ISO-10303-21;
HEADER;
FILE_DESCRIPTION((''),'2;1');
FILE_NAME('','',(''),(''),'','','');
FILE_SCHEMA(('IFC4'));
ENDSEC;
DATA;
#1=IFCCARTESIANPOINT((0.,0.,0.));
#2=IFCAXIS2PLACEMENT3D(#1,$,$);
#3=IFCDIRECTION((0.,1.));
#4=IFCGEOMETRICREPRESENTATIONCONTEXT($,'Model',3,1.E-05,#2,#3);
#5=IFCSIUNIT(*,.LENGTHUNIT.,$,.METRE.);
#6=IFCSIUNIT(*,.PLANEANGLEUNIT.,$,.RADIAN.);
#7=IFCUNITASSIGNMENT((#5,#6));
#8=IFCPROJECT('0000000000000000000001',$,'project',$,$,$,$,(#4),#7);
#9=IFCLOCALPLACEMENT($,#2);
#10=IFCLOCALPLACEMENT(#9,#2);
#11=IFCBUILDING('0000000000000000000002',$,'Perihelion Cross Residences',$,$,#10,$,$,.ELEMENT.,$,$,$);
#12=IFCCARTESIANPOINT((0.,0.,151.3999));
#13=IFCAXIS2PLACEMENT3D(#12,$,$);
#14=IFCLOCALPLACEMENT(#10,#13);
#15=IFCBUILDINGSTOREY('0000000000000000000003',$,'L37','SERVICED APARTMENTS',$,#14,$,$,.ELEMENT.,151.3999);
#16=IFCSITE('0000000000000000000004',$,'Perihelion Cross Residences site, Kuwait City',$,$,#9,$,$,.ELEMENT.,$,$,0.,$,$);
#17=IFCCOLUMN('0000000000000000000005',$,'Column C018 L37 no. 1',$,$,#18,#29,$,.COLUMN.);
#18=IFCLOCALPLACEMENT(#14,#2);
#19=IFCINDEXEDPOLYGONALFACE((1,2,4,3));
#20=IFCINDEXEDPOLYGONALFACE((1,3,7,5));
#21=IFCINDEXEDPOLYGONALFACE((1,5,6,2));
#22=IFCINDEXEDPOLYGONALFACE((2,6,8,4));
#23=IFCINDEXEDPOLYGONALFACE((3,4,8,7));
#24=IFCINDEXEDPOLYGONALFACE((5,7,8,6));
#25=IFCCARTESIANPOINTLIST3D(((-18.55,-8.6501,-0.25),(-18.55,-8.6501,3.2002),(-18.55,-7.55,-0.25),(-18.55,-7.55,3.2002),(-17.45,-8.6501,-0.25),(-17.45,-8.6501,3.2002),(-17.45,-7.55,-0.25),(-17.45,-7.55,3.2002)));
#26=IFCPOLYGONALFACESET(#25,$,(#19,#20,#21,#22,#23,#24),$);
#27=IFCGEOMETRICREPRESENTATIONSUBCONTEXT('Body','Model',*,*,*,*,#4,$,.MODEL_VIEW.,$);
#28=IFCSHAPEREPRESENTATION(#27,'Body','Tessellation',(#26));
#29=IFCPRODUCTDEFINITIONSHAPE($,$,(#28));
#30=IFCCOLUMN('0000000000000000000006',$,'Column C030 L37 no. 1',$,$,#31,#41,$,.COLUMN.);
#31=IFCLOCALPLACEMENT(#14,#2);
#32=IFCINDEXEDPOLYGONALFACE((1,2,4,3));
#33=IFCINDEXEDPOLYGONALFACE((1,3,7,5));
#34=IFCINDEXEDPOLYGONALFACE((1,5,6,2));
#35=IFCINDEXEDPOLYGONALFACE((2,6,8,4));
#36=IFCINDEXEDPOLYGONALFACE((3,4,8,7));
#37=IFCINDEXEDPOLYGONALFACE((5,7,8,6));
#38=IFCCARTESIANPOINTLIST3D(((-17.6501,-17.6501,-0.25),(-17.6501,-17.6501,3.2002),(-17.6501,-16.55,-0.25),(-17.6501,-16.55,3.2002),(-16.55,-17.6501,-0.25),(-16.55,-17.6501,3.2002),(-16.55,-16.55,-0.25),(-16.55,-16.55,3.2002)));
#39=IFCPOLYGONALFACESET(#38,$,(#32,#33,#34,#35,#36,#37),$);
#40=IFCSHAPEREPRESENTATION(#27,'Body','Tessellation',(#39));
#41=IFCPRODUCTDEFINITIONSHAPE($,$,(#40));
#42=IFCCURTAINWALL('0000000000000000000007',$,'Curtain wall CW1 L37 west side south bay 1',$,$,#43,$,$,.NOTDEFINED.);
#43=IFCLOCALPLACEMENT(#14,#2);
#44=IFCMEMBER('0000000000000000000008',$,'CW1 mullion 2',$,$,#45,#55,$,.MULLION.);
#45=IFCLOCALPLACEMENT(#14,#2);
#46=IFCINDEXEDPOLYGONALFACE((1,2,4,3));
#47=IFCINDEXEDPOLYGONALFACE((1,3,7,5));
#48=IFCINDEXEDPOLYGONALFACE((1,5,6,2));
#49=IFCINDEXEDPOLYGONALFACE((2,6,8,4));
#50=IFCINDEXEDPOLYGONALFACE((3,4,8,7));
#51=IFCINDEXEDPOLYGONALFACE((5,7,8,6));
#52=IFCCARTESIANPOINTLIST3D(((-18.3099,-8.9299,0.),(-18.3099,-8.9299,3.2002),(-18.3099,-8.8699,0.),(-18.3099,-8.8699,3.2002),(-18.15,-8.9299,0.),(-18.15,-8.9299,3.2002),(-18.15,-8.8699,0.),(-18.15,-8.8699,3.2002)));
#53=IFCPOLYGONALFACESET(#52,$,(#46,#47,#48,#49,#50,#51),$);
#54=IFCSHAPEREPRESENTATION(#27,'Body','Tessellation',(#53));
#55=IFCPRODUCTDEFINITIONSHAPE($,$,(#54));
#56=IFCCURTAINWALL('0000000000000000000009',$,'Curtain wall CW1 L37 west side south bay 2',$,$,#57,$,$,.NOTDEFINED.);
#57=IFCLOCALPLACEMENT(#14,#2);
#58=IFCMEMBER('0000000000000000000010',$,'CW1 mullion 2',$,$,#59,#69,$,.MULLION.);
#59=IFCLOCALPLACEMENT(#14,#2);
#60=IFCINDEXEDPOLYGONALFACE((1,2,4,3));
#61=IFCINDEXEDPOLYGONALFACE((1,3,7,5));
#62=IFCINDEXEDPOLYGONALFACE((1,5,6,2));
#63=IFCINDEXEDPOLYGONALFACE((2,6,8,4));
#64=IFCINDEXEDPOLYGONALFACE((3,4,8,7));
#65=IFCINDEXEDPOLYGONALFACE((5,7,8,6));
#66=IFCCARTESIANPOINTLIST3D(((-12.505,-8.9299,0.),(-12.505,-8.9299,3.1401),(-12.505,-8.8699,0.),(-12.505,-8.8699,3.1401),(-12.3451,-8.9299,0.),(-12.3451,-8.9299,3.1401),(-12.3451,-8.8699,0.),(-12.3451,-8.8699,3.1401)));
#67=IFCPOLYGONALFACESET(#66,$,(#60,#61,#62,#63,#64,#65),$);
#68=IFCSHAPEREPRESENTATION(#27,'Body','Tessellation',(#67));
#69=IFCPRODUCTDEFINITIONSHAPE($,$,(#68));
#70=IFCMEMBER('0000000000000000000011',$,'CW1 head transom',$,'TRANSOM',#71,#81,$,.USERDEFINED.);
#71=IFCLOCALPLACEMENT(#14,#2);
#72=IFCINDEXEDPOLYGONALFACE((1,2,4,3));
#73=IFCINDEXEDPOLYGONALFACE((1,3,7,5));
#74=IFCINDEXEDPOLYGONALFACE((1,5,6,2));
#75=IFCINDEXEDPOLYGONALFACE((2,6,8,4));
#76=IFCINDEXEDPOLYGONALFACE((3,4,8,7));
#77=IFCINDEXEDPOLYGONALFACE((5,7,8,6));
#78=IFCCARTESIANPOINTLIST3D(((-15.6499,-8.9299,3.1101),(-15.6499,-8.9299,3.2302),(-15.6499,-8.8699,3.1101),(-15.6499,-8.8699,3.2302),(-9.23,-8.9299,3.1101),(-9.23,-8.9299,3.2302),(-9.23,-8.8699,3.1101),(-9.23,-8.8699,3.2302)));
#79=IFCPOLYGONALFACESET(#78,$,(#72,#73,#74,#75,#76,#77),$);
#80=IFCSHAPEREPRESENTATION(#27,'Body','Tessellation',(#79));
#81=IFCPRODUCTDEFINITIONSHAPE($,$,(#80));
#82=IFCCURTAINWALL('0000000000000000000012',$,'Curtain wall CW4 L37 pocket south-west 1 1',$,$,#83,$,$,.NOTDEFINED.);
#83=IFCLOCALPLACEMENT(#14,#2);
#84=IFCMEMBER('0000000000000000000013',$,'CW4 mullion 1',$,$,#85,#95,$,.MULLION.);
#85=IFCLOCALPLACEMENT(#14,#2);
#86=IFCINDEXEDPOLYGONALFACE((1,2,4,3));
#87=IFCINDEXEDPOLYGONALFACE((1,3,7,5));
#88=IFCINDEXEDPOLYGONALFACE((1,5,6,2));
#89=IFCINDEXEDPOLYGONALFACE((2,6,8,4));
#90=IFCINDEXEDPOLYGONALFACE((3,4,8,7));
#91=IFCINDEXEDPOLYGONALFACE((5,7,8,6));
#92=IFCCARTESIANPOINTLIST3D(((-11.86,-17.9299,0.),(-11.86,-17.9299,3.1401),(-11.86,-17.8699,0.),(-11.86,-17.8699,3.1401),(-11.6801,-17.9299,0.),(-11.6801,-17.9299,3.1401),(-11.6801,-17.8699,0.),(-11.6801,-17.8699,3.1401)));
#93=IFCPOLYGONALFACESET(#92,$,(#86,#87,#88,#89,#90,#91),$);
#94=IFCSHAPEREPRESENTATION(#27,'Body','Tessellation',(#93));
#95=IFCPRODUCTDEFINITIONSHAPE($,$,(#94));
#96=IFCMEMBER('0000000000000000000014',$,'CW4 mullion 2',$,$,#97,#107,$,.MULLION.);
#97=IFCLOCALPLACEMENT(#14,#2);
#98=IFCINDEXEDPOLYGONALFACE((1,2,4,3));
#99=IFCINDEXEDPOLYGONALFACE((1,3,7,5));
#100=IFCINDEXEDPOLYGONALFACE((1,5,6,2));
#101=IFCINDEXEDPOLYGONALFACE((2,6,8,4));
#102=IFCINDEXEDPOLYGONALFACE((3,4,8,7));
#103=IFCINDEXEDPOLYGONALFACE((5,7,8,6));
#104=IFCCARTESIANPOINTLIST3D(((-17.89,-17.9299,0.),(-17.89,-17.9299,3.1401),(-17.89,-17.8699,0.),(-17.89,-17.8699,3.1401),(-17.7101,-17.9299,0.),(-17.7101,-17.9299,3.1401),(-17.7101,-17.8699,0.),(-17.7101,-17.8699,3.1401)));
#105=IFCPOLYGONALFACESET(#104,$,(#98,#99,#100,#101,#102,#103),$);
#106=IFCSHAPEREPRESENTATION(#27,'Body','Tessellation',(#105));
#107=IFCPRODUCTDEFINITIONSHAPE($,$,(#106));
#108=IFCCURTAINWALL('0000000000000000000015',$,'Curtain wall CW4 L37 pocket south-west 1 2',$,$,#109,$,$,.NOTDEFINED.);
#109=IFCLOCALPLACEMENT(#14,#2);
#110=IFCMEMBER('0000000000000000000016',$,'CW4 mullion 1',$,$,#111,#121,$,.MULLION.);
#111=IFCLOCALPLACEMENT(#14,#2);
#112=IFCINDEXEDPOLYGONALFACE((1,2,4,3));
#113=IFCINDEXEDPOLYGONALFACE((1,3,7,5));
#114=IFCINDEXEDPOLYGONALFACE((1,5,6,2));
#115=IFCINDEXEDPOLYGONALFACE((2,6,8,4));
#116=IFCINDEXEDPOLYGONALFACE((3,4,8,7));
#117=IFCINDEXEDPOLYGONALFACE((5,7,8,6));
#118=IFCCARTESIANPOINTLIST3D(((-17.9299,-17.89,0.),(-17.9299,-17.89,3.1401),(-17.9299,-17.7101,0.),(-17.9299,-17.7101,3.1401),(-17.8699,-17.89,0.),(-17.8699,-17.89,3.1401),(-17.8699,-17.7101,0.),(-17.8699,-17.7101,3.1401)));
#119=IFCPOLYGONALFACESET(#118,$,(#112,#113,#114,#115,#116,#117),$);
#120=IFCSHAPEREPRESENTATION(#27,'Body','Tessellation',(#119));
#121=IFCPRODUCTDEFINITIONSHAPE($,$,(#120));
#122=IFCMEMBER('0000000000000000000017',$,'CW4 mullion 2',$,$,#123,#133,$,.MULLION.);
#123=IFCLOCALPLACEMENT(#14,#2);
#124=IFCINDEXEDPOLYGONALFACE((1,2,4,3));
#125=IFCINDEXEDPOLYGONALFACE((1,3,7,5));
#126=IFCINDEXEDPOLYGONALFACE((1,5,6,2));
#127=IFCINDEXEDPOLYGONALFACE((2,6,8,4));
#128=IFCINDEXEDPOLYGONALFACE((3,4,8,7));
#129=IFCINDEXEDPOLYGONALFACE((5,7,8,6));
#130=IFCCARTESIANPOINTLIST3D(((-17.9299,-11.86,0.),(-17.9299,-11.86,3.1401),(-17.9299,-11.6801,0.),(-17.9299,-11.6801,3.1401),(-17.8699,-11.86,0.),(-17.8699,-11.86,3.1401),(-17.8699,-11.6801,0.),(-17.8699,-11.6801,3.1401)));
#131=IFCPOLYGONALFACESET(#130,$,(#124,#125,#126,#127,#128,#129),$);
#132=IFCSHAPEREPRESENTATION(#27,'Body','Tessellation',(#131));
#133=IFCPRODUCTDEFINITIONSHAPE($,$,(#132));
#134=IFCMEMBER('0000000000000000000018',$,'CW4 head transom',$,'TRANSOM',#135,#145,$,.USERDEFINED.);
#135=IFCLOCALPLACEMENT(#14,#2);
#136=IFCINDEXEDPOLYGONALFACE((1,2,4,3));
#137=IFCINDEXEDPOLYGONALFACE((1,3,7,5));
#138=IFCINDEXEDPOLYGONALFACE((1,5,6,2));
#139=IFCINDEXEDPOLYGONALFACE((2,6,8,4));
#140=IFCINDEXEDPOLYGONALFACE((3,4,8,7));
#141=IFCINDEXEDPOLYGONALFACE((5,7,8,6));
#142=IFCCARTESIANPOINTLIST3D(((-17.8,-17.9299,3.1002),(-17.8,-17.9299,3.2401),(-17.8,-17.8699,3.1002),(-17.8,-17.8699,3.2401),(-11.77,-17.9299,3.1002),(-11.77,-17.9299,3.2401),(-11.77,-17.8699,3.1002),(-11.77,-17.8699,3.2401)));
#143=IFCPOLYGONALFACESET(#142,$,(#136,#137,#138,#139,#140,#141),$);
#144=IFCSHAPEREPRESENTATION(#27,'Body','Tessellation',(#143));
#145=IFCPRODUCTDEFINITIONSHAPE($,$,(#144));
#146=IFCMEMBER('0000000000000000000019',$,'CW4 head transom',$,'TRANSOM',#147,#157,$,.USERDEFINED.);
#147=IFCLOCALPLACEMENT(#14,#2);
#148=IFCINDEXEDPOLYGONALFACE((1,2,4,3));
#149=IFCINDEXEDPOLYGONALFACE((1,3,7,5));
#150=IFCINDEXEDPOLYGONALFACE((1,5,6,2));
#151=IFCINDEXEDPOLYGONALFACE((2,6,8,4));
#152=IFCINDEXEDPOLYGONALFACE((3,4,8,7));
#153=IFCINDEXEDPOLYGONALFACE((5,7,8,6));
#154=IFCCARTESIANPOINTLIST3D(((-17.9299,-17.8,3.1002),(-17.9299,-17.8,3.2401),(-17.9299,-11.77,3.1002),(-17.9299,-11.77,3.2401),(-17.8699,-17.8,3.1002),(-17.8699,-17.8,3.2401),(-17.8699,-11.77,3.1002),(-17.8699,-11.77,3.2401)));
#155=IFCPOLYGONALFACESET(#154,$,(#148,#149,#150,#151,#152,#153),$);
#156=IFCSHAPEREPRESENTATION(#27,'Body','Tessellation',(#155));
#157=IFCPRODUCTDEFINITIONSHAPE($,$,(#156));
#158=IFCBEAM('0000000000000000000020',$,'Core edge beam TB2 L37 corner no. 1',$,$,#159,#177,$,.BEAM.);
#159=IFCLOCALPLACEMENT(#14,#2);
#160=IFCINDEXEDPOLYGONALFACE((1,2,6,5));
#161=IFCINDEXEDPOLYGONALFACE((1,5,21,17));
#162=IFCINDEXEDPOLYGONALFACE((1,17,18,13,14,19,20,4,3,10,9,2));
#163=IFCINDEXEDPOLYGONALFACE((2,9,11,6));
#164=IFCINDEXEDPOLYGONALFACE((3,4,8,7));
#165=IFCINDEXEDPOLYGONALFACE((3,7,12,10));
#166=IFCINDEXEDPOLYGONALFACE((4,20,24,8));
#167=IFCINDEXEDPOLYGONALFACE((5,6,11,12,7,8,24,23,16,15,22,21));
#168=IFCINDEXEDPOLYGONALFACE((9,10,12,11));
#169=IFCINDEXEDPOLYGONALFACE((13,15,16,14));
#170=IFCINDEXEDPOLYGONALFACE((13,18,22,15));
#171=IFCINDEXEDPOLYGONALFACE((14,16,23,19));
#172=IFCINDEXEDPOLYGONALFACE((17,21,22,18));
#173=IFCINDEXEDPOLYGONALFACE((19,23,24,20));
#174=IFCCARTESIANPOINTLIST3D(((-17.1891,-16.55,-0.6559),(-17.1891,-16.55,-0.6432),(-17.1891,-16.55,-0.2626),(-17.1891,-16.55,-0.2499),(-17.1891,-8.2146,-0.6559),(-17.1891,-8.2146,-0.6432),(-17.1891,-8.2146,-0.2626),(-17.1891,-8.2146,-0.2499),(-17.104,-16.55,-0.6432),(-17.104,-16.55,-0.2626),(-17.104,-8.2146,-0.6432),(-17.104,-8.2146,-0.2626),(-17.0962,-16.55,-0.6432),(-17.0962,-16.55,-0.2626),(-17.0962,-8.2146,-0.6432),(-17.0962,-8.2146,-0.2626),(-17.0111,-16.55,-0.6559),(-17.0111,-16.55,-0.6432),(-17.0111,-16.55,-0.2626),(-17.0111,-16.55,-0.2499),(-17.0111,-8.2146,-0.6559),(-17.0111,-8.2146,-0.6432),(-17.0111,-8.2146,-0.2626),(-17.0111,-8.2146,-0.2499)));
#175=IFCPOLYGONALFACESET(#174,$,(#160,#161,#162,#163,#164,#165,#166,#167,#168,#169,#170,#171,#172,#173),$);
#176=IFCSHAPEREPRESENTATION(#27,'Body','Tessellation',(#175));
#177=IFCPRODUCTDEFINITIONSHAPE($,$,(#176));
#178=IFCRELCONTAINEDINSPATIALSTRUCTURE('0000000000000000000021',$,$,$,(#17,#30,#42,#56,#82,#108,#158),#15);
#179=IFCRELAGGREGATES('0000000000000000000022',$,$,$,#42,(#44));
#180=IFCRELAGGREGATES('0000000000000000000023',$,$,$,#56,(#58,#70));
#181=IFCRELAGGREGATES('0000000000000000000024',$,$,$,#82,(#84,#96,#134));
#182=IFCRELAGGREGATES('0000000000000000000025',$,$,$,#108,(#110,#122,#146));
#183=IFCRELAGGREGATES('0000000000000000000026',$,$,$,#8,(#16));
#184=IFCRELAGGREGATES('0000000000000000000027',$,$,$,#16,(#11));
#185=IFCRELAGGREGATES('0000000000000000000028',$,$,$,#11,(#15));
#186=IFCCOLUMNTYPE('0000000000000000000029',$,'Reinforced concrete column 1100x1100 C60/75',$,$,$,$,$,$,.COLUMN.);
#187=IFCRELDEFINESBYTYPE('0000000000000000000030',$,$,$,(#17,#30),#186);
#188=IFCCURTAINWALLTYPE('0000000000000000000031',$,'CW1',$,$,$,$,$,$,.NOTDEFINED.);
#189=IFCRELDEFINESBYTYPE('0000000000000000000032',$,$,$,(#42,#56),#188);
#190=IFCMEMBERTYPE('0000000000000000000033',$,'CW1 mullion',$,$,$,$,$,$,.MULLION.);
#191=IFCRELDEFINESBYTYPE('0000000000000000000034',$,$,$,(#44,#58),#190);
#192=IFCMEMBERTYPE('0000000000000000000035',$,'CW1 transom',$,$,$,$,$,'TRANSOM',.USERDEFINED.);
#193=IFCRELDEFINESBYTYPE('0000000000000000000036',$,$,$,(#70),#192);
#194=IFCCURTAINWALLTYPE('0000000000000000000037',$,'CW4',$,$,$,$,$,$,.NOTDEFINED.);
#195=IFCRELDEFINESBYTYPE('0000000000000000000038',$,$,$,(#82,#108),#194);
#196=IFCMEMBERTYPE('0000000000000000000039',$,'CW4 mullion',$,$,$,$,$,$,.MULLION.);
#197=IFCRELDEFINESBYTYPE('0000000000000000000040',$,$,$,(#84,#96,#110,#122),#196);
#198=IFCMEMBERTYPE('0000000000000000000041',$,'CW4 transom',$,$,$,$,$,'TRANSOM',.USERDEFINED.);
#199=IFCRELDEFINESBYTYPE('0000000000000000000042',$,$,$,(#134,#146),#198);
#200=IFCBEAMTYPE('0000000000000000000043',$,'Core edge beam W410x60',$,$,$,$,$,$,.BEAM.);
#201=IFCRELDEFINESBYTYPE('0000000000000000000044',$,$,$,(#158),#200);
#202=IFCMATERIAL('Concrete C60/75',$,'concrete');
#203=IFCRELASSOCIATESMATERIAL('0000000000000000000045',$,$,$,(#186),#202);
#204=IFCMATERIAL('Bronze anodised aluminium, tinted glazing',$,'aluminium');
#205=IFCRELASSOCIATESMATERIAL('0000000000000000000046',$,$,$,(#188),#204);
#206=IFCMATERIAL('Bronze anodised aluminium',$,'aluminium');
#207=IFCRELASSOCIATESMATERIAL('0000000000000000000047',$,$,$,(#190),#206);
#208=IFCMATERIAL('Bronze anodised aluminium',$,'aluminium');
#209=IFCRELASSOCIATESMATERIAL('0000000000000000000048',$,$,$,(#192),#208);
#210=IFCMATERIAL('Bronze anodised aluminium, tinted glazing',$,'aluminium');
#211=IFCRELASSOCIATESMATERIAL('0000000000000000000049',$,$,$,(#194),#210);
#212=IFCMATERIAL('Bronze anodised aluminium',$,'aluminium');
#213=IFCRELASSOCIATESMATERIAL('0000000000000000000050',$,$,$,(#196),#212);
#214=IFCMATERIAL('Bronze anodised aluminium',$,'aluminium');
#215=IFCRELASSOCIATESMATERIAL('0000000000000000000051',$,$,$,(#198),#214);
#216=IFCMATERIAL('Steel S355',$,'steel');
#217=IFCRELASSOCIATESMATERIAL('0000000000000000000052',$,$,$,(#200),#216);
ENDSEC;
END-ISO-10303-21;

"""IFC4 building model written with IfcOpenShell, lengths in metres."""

from ifc_helpers import new_model, si_unit, direction, frame, origin, origin_2d, place, context, subcontext, project, spatial, rectangle, i_section, extrude, material, material_profile, profile_set, type_object, element, aggregate, save


model = new_model("IFC4")

# Units and contexts
model_context = context("Model", 3, precision=1e-05, world=origin(), true_north=direction((0.0, 1.0)))
body_context = subcontext(model_context, "Body", "Model", "MODEL_VIEW")
ifc_project = project(units=[si_unit("LENGTHUNIT", "METRE"), si_unit("PLANEANGLEUNIT", "RADIAN")], contexts=[model_context])

# Site, building, storey
site_placement = place(None, origin())
site = spatial("IfcSite", under=ifc_project, at=site_placement, Name="Perihelion Cross Residences site, Kuwait City", CompositionType="ELEMENT", RefElevation=0.0)
building_placement = place(site_placement, origin())
building = spatial("IfcBuilding", under=site, at=building_placement, Name="Perihelion Cross Residences", CompositionType="ELEMENT")
storey_placement = place(building_placement, frame((0.0, 0.0, 151.3999)))
storey = spatial("IfcBuildingStorey", under=building, at=storey_placement, Name="L37", Description="SERVICED APARTMENTS", CompositionType="ELEMENT", Elevation=151.3999)

# Columns
ifc_material_1 = material(Name="Concrete C60/75", Category="concrete")
ifc_material_profile_1 = material_profile(ifc_material_1, rectangle(XDim=1.1001, YDim=1.1001, at=origin_2d()), Name="RC 1100x1100")
ifc_profile_set_1 = profile_set([ifc_material_profile_1], Name="Concrete C60/75")
column_type = type_object("IfcColumnType", Name="Reinforced concrete column 1100x1100 C60/75", PredefinedType="COLUMN", material=ifc_profile_set_1)
for number, where, z_axis, x_axis, name in (
    (1, (-18.0, -8.1001, -0.25), (0.0, 0.0, 1.0), (1.0, 0.0, 0.0), "Column C018 L37 no. 1"),
    (2, (-17.1001, -17.1001, -0.25), (0.0, 0.0, 1.0), (1.0, 0.0, 0.0), "Column C030 L37 no. 1"),
):
    element("IfcColumn", number, at=place(storey_placement, frame(where, z_axis=z_axis, x_axis=x_axis)), inside=storey, type_object=column_type, Name=name, PredefinedType="COLUMN", context=body_context, shape_type="SweptSolid", body=[
        extrude(rectangle(XDim=1.1001, YDim=1.1001, at=origin_2d()), origin(), (0.0, 0.0, 1.0), 3.4502),
    ])

# Curtain wall, member
ifc_material_2 = material(Name="Bronze anodised aluminium, tinted glazing", Category="aluminium")
curtain_wall_type_1 = type_object("IfcCurtainWallType", Name="CW1", PredefinedType="NOTDEFINED", material=ifc_material_2)
curtain_wall_1_placement = place(storey_placement, origin())
curtain_wall_1 = element("IfcCurtainWall", 3, at=curtain_wall_1_placement, inside=storey, type_object=curtain_wall_type_1, Name="Curtain wall CW1 L37 west side south bay 1", PredefinedType="NOTDEFINED")
ifc_material_3 = material(Name="Bronze anodised aluminium", Category="aluminium")
ifc_material_profile_2 = material_profile(ifc_material_3, rectangle(XDim=0.0601, YDim=0.1599, at=origin_2d()), Name="CW1 mullion")
ifc_profile_set_2 = profile_set([ifc_material_profile_2], Name="Bronze anodised aluminium")
member_type_1 = type_object("IfcMemberType", Name="CW1 mullion", PredefinedType="MULLION", material=ifc_profile_set_2)
member_1_placement = place(storey_placement, frame((-18.23, -8.8999, 0.0), z_axis=(0.0, 0.0, 1.0), x_axis=(0.0, 1.0, 0.0)))
member_1 = element("IfcMember", 4, at=member_1_placement, type_object=member_type_1, Name="CW1 mullion 2", PredefinedType="MULLION", context=body_context, shape_type="SweptSolid", body=[
    extrude(rectangle(XDim=0.0601, YDim=0.1599, at=origin_2d()), origin(), (0.0, 0.0, 1.0), 3.2002),
])

# Curtain walls, members
curtain_wall_2_placement = place(storey_placement, origin())
curtain_wall_2 = element("IfcCurtainWall", 5, at=curtain_wall_2_placement, inside=storey, type_object=curtain_wall_type_1, Name="Curtain wall CW1 L37 west side south bay 2", PredefinedType="NOTDEFINED")
member_2_placement = place(storey_placement, frame((-12.425, -8.8999, 0.0), z_axis=(0.0, 0.0, 1.0), x_axis=(0.0, 1.0, 0.0)))
member_2 = element("IfcMember", 6, at=member_2_placement, type_object=member_type_1, Name="CW1 mullion 2", PredefinedType="MULLION", context=body_context, shape_type="SweptSolid", body=[
    extrude(rectangle(XDim=0.0601, YDim=0.1599, at=origin_2d()), origin(), (0.0, 0.0, 1.0), 3.1401),
])
ifc_material_4 = material(Name="Bronze anodised aluminium", Category="aluminium")
ifc_material_profile_3 = material_profile(ifc_material_4, rectangle(XDim=0.0601, YDim=0.1201, at=origin_2d()), Name="CW1 transom")
ifc_profile_set_3 = profile_set([ifc_material_profile_3], Name="Bronze anodised aluminium")
member_type_2 = type_object("IfcMemberType", Name="CW1 transom", ElementType="TRANSOM", PredefinedType="USERDEFINED", material=ifc_profile_set_3)
member_3_placement = place(storey_placement, frame((-15.6499, -8.8999, 3.1702), z_axis=(1.0, 0.0, 0.0), x_axis=(0.0, 1.0, 0.0)))
member_3 = element("IfcMember", 7, at=member_3_placement, type_object=member_type_2, Name="CW1 head transom", ObjectType="TRANSOM", PredefinedType="USERDEFINED", context=body_context, shape_type="SweptSolid", body=[
    extrude(rectangle(XDim=0.0601, YDim=0.1201, at=origin_2d()), origin(), (0.0, 0.0, 1.0), 6.4199),
])
ifc_material_5 = material(Name="Bronze anodised aluminium, tinted glazing", Category="aluminium")
curtain_wall_type_2 = type_object("IfcCurtainWallType", Name="CW4", PredefinedType="NOTDEFINED", material=ifc_material_5)
curtain_wall_3_placement = place(storey_placement, origin())
curtain_wall_3 = element("IfcCurtainWall", 8, at=curtain_wall_3_placement, inside=storey, type_object=curtain_wall_type_2, Name="Curtain wall CW4 L37 pocket south-west 1 1", PredefinedType="NOTDEFINED")
ifc_material_6 = material(Name="Bronze anodised aluminium", Category="aluminium")
ifc_material_profile_4 = material_profile(ifc_material_6, rectangle(XDim=0.0601, YDim=0.1799, at=origin_2d()), Name="CW4 mullion")
ifc_profile_set_4 = profile_set([ifc_material_profile_4], Name="Bronze anodised aluminium")
member_type_3 = type_object("IfcMemberType", Name="CW4 mullion", PredefinedType="MULLION", material=ifc_profile_set_4)
member_4_placement = place(storey_placement, frame((-11.77, -17.8999, 0.0), z_axis=(0.0, 0.0, 1.0), x_axis=(0.0, -1.0, 0.0)))
member_4 = element("IfcMember", 9, at=member_4_placement, type_object=member_type_3, Name="CW4 mullion 1", PredefinedType="MULLION", context=body_context, shape_type="SweptSolid", body=[
    extrude(rectangle(XDim=0.0601, YDim=0.1799, at=origin_2d()), origin(), (0.0, 0.0, 1.0), 3.1401),
])
member_5_placement = place(storey_placement, frame((-17.8, -17.8999, 0.0), z_axis=(0.0, 0.0, 1.0), x_axis=(0.0, -1.0, 0.0)))
member_5 = element("IfcMember", 10, at=member_5_placement, type_object=member_type_3, Name="CW4 mullion 2", PredefinedType="MULLION", context=body_context, shape_type="SweptSolid", body=[
    extrude(rectangle(XDim=0.0601, YDim=0.1799, at=origin_2d()), origin(), (0.0, 0.0, 1.0), 3.1401),
])
curtain_wall_4_placement = place(storey_placement, origin())
curtain_wall_4 = element("IfcCurtainWall", 11, at=curtain_wall_4_placement, inside=storey, type_object=curtain_wall_type_2, Name="Curtain wall CW4 L37 pocket south-west 1 2", PredefinedType="NOTDEFINED")
member_6_placement = place(storey_placement, frame((-17.8999, -17.8, 0.0), z_axis=(0.0, 0.0, 1.0), x_axis=(-1.0, 0.0, 0.0)))
member_6 = element("IfcMember", 12, at=member_6_placement, type_object=member_type_3, Name="CW4 mullion 1", PredefinedType="MULLION", context=body_context, shape_type="SweptSolid", body=[
    extrude(rectangle(XDim=0.0601, YDim=0.1799, at=origin_2d()), origin(), (0.0, 0.0, 1.0), 3.1401),
])
member_7_placement = place(storey_placement, frame((-17.8999, -11.77, 0.0), z_axis=(0.0, 0.0, 1.0), x_axis=(-1.0, 0.0, 0.0)))
member_7 = element("IfcMember", 13, at=member_7_placement, type_object=member_type_3, Name="CW4 mullion 2", PredefinedType="MULLION", context=body_context, shape_type="SweptSolid", body=[
    extrude(rectangle(XDim=0.0601, YDim=0.1799, at=origin_2d()), origin(), (0.0, 0.0, 1.0), 3.1401),
])

# Members
ifc_material_7 = material(Name="Bronze anodised aluminium", Category="aluminium")
ifc_material_profile_5 = material_profile(ifc_material_7, rectangle(XDim=0.0601, YDim=0.1399, at=origin_2d()), Name="CW4 transom")
ifc_profile_set_5 = profile_set([ifc_material_profile_5], Name="Bronze anodised aluminium")
member_type_4 = type_object("IfcMemberType", Name="CW4 transom", ElementType="TRANSOM", PredefinedType="USERDEFINED", material=ifc_profile_set_5)
member_8_placement = place(storey_placement, frame((-11.77, -17.8999, 3.1702), z_axis=(-1.0, 0.0, 0.0), x_axis=(0.0, -1.0, 0.0)))
member_8 = element("IfcMember", 14, at=member_8_placement, type_object=member_type_4, Name="CW4 head transom", ObjectType="TRANSOM", PredefinedType="USERDEFINED", context=body_context, shape_type="SweptSolid", body=[
    extrude(rectangle(XDim=0.0601, YDim=0.1399, at=origin_2d()), origin(), (0.0, 0.0, 1.0), 6.03),
])
member_9_placement = place(storey_placement, frame((-17.8999, -17.8, 3.1702), z_axis=(0.0, 1.0, 0.0), x_axis=(-1.0, 0.0, 0.0)))
member_9 = element("IfcMember", 15, at=member_9_placement, type_object=member_type_4, Name="CW4 head transom", ObjectType="TRANSOM", PredefinedType="USERDEFINED", context=body_context, shape_type="SweptSolid", body=[
    extrude(rectangle(XDim=0.0601, YDim=0.1399, at=origin_2d()), origin(), (0.0, 0.0, 1.0), 6.03),
])

# Beam
ifc_material_8 = material(Name="Steel S355", Category="steel")
ifc_material_profile_6 = material_profile(ifc_material_8, i_section(OverallWidth=0.178, OverallDepth=0.406, WebThickness=0.0078, FlangeThickness=0.0127, at=origin_2d()), Name="W410x60")
ifc_profile_set_6 = profile_set([ifc_material_profile_6], Name="Steel S355")
beam_type_1 = type_object("IfcBeamType", Name="Core edge beam W410x60", PredefinedType="BEAM", material=ifc_profile_set_6)
beam_1_placement = place(storey_placement, frame((-17.1001, -8.2146, -0.4529), z_axis=(0.0, -1.0, 0.0), x_axis=(1.0, 0.0, 0.0)))
element("IfcBeam", 16, at=beam_1_placement, inside=storey, type_object=beam_type_1, Name="Core edge beam TB2 L37 corner no. 1", PredefinedType="BEAM", context=body_context, shape_type="SweptSolid", body=[
    extrude(i_section(OverallWidth=0.178, OverallDepth=0.406, WebThickness=0.0078, FlangeThickness=0.0127, at=origin_2d()), origin(), (0.0, 0.0, 1.0), 8.3354),
])

aggregate(curtain_wall_1, [member_1])
aggregate(curtain_wall_2, [member_2, member_3])
aggregate(curtain_wall_3, [member_4, member_5, member_8])
aggregate(curtain_wall_4, [member_6, member_7, member_9])

save(model, "model.ifc")
